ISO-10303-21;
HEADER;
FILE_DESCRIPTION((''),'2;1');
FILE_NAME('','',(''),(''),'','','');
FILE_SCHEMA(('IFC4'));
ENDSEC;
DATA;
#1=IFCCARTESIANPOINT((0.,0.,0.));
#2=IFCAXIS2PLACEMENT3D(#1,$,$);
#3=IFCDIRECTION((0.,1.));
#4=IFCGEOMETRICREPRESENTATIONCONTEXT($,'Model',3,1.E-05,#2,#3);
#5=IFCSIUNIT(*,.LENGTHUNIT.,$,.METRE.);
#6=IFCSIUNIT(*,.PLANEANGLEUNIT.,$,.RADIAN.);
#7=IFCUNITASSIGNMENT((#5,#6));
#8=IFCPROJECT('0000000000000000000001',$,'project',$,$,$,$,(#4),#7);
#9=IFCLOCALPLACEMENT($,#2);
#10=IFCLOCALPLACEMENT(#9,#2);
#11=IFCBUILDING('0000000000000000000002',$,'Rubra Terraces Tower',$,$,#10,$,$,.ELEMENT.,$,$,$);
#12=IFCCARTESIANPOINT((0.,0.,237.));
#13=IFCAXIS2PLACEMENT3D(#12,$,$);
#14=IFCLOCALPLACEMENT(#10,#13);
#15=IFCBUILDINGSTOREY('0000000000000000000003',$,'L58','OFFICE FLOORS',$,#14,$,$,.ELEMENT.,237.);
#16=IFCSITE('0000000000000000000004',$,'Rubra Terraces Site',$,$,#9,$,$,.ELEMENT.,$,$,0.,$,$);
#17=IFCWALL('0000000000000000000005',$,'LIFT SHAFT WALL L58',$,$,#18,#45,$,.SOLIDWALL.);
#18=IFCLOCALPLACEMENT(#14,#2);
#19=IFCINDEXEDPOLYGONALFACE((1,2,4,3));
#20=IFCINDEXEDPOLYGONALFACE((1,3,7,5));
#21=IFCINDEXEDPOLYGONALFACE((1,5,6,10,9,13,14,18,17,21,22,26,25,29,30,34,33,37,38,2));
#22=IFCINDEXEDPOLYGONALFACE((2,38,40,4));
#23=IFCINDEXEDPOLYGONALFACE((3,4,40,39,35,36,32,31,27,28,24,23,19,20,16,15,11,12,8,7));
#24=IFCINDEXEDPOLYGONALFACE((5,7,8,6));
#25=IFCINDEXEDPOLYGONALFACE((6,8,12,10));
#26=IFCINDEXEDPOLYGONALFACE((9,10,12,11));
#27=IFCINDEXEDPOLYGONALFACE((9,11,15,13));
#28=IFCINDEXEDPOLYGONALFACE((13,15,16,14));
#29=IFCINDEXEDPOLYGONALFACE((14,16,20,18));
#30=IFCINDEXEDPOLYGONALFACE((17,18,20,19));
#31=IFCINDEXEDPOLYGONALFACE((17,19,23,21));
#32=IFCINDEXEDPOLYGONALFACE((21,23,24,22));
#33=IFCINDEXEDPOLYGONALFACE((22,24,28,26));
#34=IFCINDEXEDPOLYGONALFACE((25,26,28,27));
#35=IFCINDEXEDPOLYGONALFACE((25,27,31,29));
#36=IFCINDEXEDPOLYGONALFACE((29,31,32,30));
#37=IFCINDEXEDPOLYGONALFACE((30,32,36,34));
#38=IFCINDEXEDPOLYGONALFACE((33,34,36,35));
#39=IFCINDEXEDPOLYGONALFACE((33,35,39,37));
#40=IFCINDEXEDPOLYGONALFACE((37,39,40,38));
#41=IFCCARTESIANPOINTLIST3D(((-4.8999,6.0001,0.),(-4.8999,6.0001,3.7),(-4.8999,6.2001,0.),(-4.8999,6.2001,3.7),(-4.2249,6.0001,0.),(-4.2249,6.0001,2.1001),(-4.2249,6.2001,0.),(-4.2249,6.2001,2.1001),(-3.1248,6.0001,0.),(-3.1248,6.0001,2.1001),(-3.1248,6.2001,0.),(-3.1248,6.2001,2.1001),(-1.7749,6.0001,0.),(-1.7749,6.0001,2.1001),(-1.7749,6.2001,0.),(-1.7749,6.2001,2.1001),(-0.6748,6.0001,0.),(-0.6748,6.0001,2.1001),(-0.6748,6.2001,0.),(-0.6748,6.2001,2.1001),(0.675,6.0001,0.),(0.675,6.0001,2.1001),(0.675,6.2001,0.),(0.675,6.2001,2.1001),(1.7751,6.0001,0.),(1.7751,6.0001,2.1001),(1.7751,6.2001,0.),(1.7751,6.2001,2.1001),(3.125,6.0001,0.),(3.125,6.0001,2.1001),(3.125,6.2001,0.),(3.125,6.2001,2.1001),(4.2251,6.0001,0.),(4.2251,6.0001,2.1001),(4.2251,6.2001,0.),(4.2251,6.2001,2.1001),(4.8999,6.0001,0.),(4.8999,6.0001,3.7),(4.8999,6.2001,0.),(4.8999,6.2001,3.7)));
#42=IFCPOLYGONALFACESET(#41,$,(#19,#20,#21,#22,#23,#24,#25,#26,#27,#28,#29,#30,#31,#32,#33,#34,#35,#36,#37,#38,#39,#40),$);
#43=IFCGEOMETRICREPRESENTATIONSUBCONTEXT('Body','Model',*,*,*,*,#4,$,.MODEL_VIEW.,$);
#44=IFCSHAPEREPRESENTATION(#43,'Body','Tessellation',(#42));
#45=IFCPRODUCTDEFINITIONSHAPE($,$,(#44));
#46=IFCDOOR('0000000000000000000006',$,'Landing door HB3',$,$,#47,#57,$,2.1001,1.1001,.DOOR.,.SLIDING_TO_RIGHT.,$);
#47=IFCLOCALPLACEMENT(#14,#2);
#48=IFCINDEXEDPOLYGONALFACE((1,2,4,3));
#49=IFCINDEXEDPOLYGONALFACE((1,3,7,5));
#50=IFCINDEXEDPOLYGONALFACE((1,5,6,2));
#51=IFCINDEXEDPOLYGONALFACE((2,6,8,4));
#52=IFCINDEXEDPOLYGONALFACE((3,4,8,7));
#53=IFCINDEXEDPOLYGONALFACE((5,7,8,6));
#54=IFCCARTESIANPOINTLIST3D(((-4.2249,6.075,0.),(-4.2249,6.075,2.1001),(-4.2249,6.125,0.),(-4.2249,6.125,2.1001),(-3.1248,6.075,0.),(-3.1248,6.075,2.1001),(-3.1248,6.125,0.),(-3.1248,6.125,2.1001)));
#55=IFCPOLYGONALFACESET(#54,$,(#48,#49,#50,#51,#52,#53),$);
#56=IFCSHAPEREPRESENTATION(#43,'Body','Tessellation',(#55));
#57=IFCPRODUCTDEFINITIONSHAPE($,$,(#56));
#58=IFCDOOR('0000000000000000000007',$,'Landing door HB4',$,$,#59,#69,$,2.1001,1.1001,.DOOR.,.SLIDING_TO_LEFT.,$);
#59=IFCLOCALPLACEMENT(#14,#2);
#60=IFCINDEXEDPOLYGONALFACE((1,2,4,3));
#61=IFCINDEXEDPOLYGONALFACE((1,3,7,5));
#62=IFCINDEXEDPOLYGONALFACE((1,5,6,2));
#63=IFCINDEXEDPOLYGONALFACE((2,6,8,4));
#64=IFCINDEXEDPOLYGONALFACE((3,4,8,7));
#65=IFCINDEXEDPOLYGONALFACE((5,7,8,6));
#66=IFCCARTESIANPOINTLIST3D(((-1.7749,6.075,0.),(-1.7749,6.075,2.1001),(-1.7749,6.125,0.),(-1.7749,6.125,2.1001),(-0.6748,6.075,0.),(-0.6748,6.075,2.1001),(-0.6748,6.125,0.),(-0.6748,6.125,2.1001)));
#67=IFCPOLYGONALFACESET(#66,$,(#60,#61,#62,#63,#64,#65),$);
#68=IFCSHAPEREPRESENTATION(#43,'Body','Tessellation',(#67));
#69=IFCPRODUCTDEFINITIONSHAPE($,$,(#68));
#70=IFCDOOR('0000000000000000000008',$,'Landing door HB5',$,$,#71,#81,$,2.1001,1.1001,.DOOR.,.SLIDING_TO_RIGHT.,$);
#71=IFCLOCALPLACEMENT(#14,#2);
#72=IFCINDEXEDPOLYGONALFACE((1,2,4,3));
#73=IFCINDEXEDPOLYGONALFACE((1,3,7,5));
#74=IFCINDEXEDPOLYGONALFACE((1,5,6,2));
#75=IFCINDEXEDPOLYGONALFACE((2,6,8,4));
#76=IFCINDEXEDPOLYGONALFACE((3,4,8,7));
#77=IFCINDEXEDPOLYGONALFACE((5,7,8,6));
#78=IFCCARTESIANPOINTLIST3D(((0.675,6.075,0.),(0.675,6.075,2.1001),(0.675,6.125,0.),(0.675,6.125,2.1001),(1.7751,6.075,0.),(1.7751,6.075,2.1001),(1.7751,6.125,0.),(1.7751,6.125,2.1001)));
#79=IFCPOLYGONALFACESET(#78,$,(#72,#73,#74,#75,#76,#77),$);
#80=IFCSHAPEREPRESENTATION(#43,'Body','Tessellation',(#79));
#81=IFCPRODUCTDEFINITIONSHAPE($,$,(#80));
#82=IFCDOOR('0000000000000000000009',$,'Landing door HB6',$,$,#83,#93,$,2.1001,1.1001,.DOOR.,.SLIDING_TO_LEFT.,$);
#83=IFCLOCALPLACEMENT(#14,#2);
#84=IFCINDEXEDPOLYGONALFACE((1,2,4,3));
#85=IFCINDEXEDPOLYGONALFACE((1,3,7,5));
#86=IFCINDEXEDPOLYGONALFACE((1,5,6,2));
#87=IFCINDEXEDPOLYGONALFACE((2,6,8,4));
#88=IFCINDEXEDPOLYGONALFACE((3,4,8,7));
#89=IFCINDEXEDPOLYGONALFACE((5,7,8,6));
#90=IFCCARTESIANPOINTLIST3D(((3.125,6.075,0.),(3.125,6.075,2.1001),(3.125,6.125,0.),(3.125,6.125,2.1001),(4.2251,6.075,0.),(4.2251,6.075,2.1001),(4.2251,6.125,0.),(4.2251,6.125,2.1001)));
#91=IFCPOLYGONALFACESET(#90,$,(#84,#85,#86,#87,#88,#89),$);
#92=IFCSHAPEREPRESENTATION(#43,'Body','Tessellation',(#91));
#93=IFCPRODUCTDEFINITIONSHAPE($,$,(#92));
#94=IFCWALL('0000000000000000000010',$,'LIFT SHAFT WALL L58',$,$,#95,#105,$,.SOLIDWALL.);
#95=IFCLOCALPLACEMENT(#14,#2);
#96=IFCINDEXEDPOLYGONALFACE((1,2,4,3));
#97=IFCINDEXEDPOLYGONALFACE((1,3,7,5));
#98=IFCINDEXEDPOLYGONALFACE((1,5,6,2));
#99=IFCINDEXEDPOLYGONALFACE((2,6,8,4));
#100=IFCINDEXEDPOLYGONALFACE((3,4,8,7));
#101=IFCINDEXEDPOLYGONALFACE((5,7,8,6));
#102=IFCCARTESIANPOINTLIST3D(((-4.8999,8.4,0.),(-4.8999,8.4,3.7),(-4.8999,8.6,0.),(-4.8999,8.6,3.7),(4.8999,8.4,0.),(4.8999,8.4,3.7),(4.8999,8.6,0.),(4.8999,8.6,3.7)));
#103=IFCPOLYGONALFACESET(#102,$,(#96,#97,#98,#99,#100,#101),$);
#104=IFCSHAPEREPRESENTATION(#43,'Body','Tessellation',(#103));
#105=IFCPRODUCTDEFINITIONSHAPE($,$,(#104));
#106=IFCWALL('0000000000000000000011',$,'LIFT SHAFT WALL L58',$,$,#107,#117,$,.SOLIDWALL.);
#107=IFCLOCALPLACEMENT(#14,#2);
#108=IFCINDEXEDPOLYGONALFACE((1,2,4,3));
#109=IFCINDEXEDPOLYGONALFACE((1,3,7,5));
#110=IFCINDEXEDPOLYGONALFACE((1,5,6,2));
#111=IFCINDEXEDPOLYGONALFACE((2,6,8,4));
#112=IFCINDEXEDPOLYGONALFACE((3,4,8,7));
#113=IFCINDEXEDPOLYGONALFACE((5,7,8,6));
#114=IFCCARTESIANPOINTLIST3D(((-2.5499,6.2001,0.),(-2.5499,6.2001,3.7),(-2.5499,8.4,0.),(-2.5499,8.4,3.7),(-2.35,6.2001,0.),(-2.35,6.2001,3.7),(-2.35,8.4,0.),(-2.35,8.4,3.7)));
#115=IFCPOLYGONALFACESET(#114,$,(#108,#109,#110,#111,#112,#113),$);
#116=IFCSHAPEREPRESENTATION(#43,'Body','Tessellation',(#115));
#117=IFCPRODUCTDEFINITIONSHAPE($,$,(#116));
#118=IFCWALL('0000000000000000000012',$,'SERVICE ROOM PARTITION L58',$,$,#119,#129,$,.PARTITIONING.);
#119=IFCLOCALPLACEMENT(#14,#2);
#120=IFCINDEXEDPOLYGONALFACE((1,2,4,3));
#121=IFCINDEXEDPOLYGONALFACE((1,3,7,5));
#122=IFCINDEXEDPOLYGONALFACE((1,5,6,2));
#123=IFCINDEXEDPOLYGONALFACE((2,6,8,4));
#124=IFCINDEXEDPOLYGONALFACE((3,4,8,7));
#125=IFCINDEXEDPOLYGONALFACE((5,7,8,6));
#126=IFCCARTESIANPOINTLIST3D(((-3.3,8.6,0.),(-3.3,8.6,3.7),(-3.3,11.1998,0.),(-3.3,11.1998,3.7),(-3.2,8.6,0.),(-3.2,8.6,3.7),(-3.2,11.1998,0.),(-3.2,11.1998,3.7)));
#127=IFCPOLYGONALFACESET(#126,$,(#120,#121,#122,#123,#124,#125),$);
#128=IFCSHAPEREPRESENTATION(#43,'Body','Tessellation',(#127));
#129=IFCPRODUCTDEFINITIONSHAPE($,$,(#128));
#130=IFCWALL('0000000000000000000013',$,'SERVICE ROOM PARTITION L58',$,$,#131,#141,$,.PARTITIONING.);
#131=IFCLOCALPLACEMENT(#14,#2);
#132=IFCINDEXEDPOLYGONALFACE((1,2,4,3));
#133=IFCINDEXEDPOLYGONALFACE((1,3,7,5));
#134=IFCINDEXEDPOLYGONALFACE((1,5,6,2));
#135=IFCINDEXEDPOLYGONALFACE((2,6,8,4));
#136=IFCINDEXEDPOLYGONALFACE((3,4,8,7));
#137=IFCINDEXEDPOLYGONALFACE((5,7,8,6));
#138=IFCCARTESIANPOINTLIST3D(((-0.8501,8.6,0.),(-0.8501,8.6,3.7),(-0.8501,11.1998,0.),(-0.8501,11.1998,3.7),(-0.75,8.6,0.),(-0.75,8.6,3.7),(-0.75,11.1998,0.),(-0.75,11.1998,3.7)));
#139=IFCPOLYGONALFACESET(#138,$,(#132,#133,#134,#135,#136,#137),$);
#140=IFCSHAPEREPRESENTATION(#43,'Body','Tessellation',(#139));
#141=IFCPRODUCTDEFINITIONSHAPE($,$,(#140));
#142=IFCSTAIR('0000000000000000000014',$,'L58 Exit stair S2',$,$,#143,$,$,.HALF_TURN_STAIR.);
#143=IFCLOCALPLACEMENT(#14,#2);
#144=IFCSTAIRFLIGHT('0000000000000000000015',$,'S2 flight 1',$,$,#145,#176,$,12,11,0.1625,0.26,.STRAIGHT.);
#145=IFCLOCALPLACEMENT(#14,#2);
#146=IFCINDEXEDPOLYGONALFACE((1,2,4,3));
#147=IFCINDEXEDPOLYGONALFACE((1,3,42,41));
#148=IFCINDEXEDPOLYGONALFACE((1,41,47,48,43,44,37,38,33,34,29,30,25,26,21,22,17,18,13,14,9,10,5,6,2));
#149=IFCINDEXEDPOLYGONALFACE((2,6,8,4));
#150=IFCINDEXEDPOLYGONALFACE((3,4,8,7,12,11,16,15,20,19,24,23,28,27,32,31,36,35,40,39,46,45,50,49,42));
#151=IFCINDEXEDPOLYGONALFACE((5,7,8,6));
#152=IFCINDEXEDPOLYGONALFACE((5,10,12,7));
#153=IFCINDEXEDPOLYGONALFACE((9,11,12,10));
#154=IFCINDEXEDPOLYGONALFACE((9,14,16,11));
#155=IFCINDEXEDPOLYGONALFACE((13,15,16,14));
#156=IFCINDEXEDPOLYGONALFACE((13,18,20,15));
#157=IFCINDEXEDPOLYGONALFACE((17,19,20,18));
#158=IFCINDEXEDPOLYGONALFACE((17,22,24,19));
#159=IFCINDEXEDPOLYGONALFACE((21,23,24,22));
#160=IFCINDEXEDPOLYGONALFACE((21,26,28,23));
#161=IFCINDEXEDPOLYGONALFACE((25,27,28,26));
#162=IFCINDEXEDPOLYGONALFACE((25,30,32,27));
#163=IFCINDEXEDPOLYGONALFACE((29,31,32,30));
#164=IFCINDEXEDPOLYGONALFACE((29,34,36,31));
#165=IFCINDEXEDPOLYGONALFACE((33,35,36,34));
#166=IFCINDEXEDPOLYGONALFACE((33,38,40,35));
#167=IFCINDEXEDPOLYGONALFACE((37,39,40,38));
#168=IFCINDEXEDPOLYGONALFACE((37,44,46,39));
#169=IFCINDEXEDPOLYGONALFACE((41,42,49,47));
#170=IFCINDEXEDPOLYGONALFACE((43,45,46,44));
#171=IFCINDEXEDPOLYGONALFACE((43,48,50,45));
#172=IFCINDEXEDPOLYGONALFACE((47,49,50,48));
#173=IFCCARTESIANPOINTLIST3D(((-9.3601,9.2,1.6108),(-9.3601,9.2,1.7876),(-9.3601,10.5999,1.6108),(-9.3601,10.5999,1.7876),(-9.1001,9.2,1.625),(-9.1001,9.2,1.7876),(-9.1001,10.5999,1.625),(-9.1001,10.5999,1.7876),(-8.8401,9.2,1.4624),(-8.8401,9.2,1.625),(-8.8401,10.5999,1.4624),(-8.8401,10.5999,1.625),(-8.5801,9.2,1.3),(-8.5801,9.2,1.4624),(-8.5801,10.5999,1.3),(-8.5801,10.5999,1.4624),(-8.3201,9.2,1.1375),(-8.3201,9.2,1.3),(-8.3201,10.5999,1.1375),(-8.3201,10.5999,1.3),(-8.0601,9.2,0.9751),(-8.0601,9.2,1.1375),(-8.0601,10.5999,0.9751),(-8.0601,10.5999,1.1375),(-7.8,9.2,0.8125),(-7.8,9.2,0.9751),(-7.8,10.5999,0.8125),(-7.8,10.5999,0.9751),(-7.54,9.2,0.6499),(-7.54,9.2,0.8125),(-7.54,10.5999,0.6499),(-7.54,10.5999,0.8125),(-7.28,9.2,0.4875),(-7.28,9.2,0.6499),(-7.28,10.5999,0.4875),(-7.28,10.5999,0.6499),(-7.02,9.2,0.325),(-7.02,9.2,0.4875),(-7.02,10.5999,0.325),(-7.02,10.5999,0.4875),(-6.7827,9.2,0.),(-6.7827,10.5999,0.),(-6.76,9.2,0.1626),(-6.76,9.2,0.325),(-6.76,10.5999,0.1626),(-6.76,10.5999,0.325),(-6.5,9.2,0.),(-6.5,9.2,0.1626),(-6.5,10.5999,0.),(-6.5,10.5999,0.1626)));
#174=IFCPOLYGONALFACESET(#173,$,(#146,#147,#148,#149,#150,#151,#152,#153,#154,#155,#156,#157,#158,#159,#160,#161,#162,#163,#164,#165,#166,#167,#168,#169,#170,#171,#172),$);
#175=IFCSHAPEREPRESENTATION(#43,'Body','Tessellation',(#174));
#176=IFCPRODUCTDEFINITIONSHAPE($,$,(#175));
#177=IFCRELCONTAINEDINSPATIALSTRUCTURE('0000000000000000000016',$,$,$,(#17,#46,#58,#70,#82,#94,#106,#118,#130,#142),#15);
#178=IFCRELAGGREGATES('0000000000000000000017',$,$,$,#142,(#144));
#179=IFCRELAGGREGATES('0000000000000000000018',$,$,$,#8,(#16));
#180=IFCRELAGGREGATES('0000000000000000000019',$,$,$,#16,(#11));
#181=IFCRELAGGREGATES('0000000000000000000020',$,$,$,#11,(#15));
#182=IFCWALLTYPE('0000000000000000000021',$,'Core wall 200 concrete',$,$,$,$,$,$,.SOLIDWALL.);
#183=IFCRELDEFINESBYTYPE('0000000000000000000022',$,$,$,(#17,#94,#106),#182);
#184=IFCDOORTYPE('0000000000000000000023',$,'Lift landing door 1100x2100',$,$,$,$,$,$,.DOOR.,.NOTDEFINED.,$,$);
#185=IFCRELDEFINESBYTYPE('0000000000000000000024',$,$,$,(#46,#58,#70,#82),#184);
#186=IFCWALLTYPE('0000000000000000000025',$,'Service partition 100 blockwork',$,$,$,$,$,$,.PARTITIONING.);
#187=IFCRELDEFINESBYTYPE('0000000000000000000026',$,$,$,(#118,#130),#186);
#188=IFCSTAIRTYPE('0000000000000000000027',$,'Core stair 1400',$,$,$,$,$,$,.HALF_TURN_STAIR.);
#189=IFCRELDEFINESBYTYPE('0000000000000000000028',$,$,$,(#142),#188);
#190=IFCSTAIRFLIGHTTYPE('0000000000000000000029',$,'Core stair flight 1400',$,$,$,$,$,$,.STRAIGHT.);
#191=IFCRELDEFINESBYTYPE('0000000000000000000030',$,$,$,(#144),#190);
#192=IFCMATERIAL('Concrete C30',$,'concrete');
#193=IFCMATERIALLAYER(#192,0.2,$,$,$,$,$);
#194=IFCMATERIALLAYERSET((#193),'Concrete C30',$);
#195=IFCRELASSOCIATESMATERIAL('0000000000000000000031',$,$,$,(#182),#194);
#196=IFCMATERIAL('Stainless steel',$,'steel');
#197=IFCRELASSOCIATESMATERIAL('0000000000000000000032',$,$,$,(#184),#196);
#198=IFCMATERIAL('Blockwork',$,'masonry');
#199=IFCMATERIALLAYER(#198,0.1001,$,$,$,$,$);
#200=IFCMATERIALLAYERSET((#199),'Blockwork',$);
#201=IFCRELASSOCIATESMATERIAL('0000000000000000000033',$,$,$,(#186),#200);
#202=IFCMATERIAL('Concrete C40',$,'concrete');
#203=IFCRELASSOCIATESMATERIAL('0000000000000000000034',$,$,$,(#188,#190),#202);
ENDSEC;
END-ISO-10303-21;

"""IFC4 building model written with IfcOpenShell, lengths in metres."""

from ifc_helpers import new_model, si_unit, direction, frame, frame_2d, origin, place, context, subcontext, project, spatial, polyline, rectangle, outline, extrude, material, layer, layer_set, type_object, element, fill, aggregate, save


model = new_model("IFC4")

# Units and contexts
model_context = context("Model", 3, precision=1e-05, world=origin(), true_north=direction((0.0, 1.0)))
body_context = subcontext(model_context, "Body", "Model", "MODEL_VIEW")
ifc_project = project(units=[si_unit("LENGTHUNIT", "METRE"), si_unit("PLANEANGLEUNIT", "RADIAN")], contexts=[model_context])

# Site, building, storey
site_placement = place(None, origin())
site = spatial("IfcSite", under=ifc_project, at=site_placement, Name="Rubra Terraces Site", CompositionType="ELEMENT", RefElevation=0.0)
building_placement = place(site_placement, origin())
building = spatial("IfcBuilding", under=site, at=building_placement, Name="Rubra Terraces Tower", CompositionType="ELEMENT")
storey_placement = place(building_placement, frame((0.0, 0.0, 237.0)))
storey = spatial("IfcBuildingStorey", under=building, at=storey_placement, Name="L58", Description="OFFICE FLOORS", CompositionType="ELEMENT", Elevation=237.0)

# Wall, openings, doors
ifc_material_1 = material(Name="Concrete C30", Category="concrete")
ifc_layer_1 = layer(ifc_material_1, 0.2)
ifc_layer_set_1 = layer_set([ifc_layer_1], Name="Concrete C30")
wall_type_1 = type_object("IfcWallType", Name="Core wall 200 concrete", PredefinedType="SOLIDWALL", material=ifc_layer_set_1)
ifc_material_2 = material(Name="Stainless steel", Category="steel")
door_type_1 = type_object("IfcDoorType", Name="Lift landing door 1100x2100", OperationType="NOTDEFINED", PredefinedType="DOOR", material=ifc_material_2)
wall_1_placement = place(storey_placement, frame((-4.8999, 6.1001, 0.0), z_axis=(0.0, 0.0, 1.0), x_axis=(1.0, 0.0, 0.0)))
wall_1 = element("IfcWall", 1, at=wall_1_placement, inside=storey, type_object=wall_type_1, Name="LIFT SHAFT WALL L58", PredefinedType="SOLIDWALL", context=body_context, shape_type="SweptSolid", body=[
    extrude(rectangle(XDim=9.7998, YDim=0.2, at=frame_2d((4.8999, 0.0))), origin(), (0.0, 0.0, 1.0), 3.7),
])
opening_1_placement = place(wall_1_placement, frame((0.675, 0.0, 0.0)))
opening_1 = element("IfcOpeningElement", 2, at=opening_1_placement, cuts=wall_1, PredefinedType="OPENING", context=body_context, shape_type="SweptSolid", body=[
    extrude(rectangle(XDim=1.1001, YDim=2.1001, at=frame_2d((0.55, 1.05))), frame((0.0, 0.1099, 0.0), z_axis=(0.0, -1.0, 0.0), x_axis=(1.0, 0.0, 0.0)), (0.0, 0.0, 1.0), 0.22),
])
opening_2_placement = place(wall_1_placement, frame((3.125, 0.0, 0.0)))
opening_2 = element("IfcOpeningElement", 3, at=opening_2_placement, cuts=wall_1, PredefinedType="OPENING", context=body_context, shape_type="SweptSolid", body=[
    extrude(rectangle(XDim=1.1001, YDim=2.1001, at=frame_2d((0.55, 1.05))), frame((0.0, 0.1099, 0.0), z_axis=(0.0, -1.0, 0.0), x_axis=(1.0, 0.0, 0.0)), (0.0, 0.0, 1.0), 0.22),
])
opening_3_placement = place(wall_1_placement, frame((5.575, 0.0, 0.0)))
opening_3 = element("IfcOpeningElement", 4, at=opening_3_placement, cuts=wall_1, PredefinedType="OPENING", context=body_context, shape_type="SweptSolid", body=[
    extrude(rectangle(XDim=1.1001, YDim=2.1001, at=frame_2d((0.55, 1.05))), frame((0.0, 0.1099, 0.0), z_axis=(0.0, -1.0, 0.0), x_axis=(1.0, 0.0, 0.0)), (0.0, 0.0, 1.0), 0.22),
])
opening_4_placement = place(wall_1_placement, frame((8.0249, 0.0, 0.0)))
opening_4 = element("IfcOpeningElement", 5, at=opening_4_placement, cuts=wall_1, PredefinedType="OPENING", context=body_context, shape_type="SweptSolid", body=[
    extrude(rectangle(XDim=1.1001, YDim=2.1001, at=frame_2d((0.55, 1.05))), frame((0.0, 0.1099, 0.0), z_axis=(0.0, -1.0, 0.0), x_axis=(1.0, 0.0, 0.0)), (0.0, 0.0, 1.0), 0.22),
])
door_1_placement = place(opening_1_placement, origin())
door_1 = element("IfcDoor", 6, at=door_1_placement, inside=storey, type_object=door_type_1, Name="Landing door HB3", OperationType="SLIDING_TO_RIGHT", OverallHeight=2.1001, OverallWidth=1.1001, PredefinedType="DOOR", context=body_context, shape_type="SweptSolid", body=[
    extrude(rectangle(XDim=1.1001, YDim=2.1001, at=frame_2d((0.55, 1.05))), frame((0.0, 0.0249, 0.0), z_axis=(0.0, -1.0, 0.0), x_axis=(1.0, 0.0, 0.0)), (0.0, 0.0, 1.0), 0.05),
])
fill(opening_1, door_1)
door_2_placement = place(opening_2_placement, origin())
door_2 = element("IfcDoor", 7, at=door_2_placement, inside=storey, type_object=door_type_1, Name="Landing door HB4", OperationType="SLIDING_TO_LEFT", OverallHeight=2.1001, OverallWidth=1.1001, PredefinedType="DOOR", context=body_context, shape_type="SweptSolid", body=[
    extrude(rectangle(XDim=1.1001, YDim=2.1001, at=frame_2d((0.55, 1.05))), frame((0.0, 0.0249, 0.0), z_axis=(0.0, -1.0, 0.0), x_axis=(1.0, 0.0, 0.0)), (0.0, 0.0, 1.0), 0.05),
])
fill(opening_2, door_2)
door_3_placement = place(opening_3_placement, origin())
door_3 = element("IfcDoor", 8, at=door_3_placement, inside=storey, type_object=door_type_1, Name="Landing door HB5", OperationType="SLIDING_TO_RIGHT", OverallHeight=2.1001, OverallWidth=1.1001, PredefinedType="DOOR", context=body_context, shape_type="SweptSolid", body=[
    extrude(rectangle(XDim=1.1001, YDim=2.1001, at=frame_2d((0.55, 1.05))), frame((0.0, 0.0249, 0.0), z_axis=(0.0, -1.0, 0.0), x_axis=(1.0, 0.0, 0.0)), (0.0, 0.0, 1.0), 0.05),
])
fill(opening_3, door_3)
door_4_placement = place(opening_4_placement, origin())
door_4 = element("IfcDoor", 9, at=door_4_placement, inside=storey, type_object=door_type_1, Name="Landing door HB6", OperationType="SLIDING_TO_LEFT", OverallHeight=2.1001, OverallWidth=1.1001, PredefinedType="DOOR", context=body_context, shape_type="SweptSolid", body=[
    extrude(rectangle(XDim=1.1001, YDim=2.1001, at=frame_2d((0.55, 1.05))), frame((0.0, 0.0249, 0.0), z_axis=(0.0, -1.0, 0.0), x_axis=(1.0, 0.0, 0.0)), (0.0, 0.0, 1.0), 0.05),
])
fill(opening_4, door_4)

# Walls
wall_2_placement = place(storey_placement, frame((-4.8999, 8.5, 0.0), z_axis=(0.0, 0.0, 1.0), x_axis=(1.0, 0.0, 0.0)))
element("IfcWall", 10, at=wall_2_placement, inside=storey, type_object=wall_type_1, Name="LIFT SHAFT WALL L58", PredefinedType="SOLIDWALL", context=body_context, shape_type="SweptSolid", body=[
    extrude(rectangle(XDim=9.7998, YDim=0.2, at=frame_2d((4.8999, 0.0))), origin(), (0.0, 0.0, 1.0), 3.7),
])
wall_3_placement = place(storey_placement, frame((-2.45, 6.2, 0.0), z_axis=(0.0, 0.0, 1.0), x_axis=(0.0, 1.0, 0.0)))
element("IfcWall", 11, at=wall_3_placement, inside=storey, type_object=wall_type_1, Name="LIFT SHAFT WALL L58", PredefinedType="SOLIDWALL", context=body_context, shape_type="SweptSolid", body=[
    extrude(rectangle(XDim=2.2, YDim=0.2, at=frame_2d((1.1001, 0.0))), origin(), (0.0, 0.0, 1.0), 3.7),
])
ifc_material_3 = material(Name="Blockwork", Category="masonry")
ifc_layer_2 = layer(ifc_material_3, 0.1001)
ifc_layer_set_2 = layer_set([ifc_layer_2], Name="Blockwork")
wall_type_2 = type_object("IfcWallType", Name="Service partition 100 blockwork", PredefinedType="PARTITIONING", material=ifc_layer_set_2)
for number, where, z_axis, x_axis, name in (
    (12, (-3.25, 8.6001, 0.0), (0.0, 0.0, 1.0), (0.0, 1.0, 0.0), "SERVICE ROOM PARTITION L58"),
    (13, (-0.8, 8.6001, 0.0), (0.0, 0.0, 1.0), (0.0, 1.0, 0.0), "SERVICE ROOM PARTITION L58"),
):
    element("IfcWall", number, at=place(storey_placement, frame(where, z_axis=z_axis, x_axis=x_axis)), inside=storey, type_object=wall_type_2, Name=name, PredefinedType="PARTITIONING", context=body_context, shape_type="SweptSolid", body=[
        extrude(rectangle(XDim=2.5999, YDim=0.1001, at=frame_2d((1.2998, 0.0))), origin(), (0.0, 0.0, 1.0), 3.7),
    ])

# Stair, stair flight
ifc_material_4 = material(Name="Concrete C40", Category="concrete")
stair_type = type_object("IfcStairType", Name="Core stair 1400", PredefinedType="HALF_TURN_STAIR", material=ifc_material_4)
stair_placement = place(storey_placement, origin())
stair = element("IfcStair", 14, at=stair_placement, inside=storey, type_object=stair_type, Name="L58 Exit stair S2", PredefinedType="HALF_TURN_STAIR")
stair_flight_type = type_object("IfcStairFlightType", Name="Core stair flight 1400", PredefinedType="STRAIGHT", material=ifc_material_4)
stair_flight_placement = place(storey_placement, frame((-6.5, 9.8999, 0.0), z_axis=(0.0, 0.0, 1.0), x_axis=(-1.0, 0.0, 0.0)))
stair_flight = element("IfcStairFlight", 15, at=stair_flight_placement, type_object=stair_flight_type, Name="S2 flight 1", NumberOfRisers=12, NumberOfTreads=11, PredefinedType="STRAIGHT", RiserHeight=0.1625, TreadLength=0.26, context=body_context, shape_type="SweptSolid", body=[
    extrude(outline(polyline([(0.0, 0.0), (0.0, 0.1626), (0.26, 0.1626), (0.26, 0.325), (0.52, 0.325), (0.52, 0.4875), (0.78, 0.4875), (0.78, 0.6499), (1.04, 0.6499), (1.04, 0.8125), (1.3, 0.8125), (1.3, 0.9751), (1.5601, 0.9751), (1.5601, 1.1375), (1.8201, 1.1375), (1.8201, 1.3), (2.0801, 1.3), (2.0801, 1.4624), (2.3401, 1.4624), (2.3401, 1.625), (2.6001, 1.625), (2.6001, 1.7876), (2.8601, 1.7876), (2.8601, 1.95), (2.8601, 1.6108), (0.2827, 0.0), (0.0, 0.0)])), frame((0.0, 0.7, 0.0), z_axis=(0.0, -1.0, 0.0), x_axis=(1.0, 0.0, 0.0)), (0.0, 0.0, 1.0), 1.3999),
])
aggregate(stair, [stair_flight])

save(model, "model.ifc")
